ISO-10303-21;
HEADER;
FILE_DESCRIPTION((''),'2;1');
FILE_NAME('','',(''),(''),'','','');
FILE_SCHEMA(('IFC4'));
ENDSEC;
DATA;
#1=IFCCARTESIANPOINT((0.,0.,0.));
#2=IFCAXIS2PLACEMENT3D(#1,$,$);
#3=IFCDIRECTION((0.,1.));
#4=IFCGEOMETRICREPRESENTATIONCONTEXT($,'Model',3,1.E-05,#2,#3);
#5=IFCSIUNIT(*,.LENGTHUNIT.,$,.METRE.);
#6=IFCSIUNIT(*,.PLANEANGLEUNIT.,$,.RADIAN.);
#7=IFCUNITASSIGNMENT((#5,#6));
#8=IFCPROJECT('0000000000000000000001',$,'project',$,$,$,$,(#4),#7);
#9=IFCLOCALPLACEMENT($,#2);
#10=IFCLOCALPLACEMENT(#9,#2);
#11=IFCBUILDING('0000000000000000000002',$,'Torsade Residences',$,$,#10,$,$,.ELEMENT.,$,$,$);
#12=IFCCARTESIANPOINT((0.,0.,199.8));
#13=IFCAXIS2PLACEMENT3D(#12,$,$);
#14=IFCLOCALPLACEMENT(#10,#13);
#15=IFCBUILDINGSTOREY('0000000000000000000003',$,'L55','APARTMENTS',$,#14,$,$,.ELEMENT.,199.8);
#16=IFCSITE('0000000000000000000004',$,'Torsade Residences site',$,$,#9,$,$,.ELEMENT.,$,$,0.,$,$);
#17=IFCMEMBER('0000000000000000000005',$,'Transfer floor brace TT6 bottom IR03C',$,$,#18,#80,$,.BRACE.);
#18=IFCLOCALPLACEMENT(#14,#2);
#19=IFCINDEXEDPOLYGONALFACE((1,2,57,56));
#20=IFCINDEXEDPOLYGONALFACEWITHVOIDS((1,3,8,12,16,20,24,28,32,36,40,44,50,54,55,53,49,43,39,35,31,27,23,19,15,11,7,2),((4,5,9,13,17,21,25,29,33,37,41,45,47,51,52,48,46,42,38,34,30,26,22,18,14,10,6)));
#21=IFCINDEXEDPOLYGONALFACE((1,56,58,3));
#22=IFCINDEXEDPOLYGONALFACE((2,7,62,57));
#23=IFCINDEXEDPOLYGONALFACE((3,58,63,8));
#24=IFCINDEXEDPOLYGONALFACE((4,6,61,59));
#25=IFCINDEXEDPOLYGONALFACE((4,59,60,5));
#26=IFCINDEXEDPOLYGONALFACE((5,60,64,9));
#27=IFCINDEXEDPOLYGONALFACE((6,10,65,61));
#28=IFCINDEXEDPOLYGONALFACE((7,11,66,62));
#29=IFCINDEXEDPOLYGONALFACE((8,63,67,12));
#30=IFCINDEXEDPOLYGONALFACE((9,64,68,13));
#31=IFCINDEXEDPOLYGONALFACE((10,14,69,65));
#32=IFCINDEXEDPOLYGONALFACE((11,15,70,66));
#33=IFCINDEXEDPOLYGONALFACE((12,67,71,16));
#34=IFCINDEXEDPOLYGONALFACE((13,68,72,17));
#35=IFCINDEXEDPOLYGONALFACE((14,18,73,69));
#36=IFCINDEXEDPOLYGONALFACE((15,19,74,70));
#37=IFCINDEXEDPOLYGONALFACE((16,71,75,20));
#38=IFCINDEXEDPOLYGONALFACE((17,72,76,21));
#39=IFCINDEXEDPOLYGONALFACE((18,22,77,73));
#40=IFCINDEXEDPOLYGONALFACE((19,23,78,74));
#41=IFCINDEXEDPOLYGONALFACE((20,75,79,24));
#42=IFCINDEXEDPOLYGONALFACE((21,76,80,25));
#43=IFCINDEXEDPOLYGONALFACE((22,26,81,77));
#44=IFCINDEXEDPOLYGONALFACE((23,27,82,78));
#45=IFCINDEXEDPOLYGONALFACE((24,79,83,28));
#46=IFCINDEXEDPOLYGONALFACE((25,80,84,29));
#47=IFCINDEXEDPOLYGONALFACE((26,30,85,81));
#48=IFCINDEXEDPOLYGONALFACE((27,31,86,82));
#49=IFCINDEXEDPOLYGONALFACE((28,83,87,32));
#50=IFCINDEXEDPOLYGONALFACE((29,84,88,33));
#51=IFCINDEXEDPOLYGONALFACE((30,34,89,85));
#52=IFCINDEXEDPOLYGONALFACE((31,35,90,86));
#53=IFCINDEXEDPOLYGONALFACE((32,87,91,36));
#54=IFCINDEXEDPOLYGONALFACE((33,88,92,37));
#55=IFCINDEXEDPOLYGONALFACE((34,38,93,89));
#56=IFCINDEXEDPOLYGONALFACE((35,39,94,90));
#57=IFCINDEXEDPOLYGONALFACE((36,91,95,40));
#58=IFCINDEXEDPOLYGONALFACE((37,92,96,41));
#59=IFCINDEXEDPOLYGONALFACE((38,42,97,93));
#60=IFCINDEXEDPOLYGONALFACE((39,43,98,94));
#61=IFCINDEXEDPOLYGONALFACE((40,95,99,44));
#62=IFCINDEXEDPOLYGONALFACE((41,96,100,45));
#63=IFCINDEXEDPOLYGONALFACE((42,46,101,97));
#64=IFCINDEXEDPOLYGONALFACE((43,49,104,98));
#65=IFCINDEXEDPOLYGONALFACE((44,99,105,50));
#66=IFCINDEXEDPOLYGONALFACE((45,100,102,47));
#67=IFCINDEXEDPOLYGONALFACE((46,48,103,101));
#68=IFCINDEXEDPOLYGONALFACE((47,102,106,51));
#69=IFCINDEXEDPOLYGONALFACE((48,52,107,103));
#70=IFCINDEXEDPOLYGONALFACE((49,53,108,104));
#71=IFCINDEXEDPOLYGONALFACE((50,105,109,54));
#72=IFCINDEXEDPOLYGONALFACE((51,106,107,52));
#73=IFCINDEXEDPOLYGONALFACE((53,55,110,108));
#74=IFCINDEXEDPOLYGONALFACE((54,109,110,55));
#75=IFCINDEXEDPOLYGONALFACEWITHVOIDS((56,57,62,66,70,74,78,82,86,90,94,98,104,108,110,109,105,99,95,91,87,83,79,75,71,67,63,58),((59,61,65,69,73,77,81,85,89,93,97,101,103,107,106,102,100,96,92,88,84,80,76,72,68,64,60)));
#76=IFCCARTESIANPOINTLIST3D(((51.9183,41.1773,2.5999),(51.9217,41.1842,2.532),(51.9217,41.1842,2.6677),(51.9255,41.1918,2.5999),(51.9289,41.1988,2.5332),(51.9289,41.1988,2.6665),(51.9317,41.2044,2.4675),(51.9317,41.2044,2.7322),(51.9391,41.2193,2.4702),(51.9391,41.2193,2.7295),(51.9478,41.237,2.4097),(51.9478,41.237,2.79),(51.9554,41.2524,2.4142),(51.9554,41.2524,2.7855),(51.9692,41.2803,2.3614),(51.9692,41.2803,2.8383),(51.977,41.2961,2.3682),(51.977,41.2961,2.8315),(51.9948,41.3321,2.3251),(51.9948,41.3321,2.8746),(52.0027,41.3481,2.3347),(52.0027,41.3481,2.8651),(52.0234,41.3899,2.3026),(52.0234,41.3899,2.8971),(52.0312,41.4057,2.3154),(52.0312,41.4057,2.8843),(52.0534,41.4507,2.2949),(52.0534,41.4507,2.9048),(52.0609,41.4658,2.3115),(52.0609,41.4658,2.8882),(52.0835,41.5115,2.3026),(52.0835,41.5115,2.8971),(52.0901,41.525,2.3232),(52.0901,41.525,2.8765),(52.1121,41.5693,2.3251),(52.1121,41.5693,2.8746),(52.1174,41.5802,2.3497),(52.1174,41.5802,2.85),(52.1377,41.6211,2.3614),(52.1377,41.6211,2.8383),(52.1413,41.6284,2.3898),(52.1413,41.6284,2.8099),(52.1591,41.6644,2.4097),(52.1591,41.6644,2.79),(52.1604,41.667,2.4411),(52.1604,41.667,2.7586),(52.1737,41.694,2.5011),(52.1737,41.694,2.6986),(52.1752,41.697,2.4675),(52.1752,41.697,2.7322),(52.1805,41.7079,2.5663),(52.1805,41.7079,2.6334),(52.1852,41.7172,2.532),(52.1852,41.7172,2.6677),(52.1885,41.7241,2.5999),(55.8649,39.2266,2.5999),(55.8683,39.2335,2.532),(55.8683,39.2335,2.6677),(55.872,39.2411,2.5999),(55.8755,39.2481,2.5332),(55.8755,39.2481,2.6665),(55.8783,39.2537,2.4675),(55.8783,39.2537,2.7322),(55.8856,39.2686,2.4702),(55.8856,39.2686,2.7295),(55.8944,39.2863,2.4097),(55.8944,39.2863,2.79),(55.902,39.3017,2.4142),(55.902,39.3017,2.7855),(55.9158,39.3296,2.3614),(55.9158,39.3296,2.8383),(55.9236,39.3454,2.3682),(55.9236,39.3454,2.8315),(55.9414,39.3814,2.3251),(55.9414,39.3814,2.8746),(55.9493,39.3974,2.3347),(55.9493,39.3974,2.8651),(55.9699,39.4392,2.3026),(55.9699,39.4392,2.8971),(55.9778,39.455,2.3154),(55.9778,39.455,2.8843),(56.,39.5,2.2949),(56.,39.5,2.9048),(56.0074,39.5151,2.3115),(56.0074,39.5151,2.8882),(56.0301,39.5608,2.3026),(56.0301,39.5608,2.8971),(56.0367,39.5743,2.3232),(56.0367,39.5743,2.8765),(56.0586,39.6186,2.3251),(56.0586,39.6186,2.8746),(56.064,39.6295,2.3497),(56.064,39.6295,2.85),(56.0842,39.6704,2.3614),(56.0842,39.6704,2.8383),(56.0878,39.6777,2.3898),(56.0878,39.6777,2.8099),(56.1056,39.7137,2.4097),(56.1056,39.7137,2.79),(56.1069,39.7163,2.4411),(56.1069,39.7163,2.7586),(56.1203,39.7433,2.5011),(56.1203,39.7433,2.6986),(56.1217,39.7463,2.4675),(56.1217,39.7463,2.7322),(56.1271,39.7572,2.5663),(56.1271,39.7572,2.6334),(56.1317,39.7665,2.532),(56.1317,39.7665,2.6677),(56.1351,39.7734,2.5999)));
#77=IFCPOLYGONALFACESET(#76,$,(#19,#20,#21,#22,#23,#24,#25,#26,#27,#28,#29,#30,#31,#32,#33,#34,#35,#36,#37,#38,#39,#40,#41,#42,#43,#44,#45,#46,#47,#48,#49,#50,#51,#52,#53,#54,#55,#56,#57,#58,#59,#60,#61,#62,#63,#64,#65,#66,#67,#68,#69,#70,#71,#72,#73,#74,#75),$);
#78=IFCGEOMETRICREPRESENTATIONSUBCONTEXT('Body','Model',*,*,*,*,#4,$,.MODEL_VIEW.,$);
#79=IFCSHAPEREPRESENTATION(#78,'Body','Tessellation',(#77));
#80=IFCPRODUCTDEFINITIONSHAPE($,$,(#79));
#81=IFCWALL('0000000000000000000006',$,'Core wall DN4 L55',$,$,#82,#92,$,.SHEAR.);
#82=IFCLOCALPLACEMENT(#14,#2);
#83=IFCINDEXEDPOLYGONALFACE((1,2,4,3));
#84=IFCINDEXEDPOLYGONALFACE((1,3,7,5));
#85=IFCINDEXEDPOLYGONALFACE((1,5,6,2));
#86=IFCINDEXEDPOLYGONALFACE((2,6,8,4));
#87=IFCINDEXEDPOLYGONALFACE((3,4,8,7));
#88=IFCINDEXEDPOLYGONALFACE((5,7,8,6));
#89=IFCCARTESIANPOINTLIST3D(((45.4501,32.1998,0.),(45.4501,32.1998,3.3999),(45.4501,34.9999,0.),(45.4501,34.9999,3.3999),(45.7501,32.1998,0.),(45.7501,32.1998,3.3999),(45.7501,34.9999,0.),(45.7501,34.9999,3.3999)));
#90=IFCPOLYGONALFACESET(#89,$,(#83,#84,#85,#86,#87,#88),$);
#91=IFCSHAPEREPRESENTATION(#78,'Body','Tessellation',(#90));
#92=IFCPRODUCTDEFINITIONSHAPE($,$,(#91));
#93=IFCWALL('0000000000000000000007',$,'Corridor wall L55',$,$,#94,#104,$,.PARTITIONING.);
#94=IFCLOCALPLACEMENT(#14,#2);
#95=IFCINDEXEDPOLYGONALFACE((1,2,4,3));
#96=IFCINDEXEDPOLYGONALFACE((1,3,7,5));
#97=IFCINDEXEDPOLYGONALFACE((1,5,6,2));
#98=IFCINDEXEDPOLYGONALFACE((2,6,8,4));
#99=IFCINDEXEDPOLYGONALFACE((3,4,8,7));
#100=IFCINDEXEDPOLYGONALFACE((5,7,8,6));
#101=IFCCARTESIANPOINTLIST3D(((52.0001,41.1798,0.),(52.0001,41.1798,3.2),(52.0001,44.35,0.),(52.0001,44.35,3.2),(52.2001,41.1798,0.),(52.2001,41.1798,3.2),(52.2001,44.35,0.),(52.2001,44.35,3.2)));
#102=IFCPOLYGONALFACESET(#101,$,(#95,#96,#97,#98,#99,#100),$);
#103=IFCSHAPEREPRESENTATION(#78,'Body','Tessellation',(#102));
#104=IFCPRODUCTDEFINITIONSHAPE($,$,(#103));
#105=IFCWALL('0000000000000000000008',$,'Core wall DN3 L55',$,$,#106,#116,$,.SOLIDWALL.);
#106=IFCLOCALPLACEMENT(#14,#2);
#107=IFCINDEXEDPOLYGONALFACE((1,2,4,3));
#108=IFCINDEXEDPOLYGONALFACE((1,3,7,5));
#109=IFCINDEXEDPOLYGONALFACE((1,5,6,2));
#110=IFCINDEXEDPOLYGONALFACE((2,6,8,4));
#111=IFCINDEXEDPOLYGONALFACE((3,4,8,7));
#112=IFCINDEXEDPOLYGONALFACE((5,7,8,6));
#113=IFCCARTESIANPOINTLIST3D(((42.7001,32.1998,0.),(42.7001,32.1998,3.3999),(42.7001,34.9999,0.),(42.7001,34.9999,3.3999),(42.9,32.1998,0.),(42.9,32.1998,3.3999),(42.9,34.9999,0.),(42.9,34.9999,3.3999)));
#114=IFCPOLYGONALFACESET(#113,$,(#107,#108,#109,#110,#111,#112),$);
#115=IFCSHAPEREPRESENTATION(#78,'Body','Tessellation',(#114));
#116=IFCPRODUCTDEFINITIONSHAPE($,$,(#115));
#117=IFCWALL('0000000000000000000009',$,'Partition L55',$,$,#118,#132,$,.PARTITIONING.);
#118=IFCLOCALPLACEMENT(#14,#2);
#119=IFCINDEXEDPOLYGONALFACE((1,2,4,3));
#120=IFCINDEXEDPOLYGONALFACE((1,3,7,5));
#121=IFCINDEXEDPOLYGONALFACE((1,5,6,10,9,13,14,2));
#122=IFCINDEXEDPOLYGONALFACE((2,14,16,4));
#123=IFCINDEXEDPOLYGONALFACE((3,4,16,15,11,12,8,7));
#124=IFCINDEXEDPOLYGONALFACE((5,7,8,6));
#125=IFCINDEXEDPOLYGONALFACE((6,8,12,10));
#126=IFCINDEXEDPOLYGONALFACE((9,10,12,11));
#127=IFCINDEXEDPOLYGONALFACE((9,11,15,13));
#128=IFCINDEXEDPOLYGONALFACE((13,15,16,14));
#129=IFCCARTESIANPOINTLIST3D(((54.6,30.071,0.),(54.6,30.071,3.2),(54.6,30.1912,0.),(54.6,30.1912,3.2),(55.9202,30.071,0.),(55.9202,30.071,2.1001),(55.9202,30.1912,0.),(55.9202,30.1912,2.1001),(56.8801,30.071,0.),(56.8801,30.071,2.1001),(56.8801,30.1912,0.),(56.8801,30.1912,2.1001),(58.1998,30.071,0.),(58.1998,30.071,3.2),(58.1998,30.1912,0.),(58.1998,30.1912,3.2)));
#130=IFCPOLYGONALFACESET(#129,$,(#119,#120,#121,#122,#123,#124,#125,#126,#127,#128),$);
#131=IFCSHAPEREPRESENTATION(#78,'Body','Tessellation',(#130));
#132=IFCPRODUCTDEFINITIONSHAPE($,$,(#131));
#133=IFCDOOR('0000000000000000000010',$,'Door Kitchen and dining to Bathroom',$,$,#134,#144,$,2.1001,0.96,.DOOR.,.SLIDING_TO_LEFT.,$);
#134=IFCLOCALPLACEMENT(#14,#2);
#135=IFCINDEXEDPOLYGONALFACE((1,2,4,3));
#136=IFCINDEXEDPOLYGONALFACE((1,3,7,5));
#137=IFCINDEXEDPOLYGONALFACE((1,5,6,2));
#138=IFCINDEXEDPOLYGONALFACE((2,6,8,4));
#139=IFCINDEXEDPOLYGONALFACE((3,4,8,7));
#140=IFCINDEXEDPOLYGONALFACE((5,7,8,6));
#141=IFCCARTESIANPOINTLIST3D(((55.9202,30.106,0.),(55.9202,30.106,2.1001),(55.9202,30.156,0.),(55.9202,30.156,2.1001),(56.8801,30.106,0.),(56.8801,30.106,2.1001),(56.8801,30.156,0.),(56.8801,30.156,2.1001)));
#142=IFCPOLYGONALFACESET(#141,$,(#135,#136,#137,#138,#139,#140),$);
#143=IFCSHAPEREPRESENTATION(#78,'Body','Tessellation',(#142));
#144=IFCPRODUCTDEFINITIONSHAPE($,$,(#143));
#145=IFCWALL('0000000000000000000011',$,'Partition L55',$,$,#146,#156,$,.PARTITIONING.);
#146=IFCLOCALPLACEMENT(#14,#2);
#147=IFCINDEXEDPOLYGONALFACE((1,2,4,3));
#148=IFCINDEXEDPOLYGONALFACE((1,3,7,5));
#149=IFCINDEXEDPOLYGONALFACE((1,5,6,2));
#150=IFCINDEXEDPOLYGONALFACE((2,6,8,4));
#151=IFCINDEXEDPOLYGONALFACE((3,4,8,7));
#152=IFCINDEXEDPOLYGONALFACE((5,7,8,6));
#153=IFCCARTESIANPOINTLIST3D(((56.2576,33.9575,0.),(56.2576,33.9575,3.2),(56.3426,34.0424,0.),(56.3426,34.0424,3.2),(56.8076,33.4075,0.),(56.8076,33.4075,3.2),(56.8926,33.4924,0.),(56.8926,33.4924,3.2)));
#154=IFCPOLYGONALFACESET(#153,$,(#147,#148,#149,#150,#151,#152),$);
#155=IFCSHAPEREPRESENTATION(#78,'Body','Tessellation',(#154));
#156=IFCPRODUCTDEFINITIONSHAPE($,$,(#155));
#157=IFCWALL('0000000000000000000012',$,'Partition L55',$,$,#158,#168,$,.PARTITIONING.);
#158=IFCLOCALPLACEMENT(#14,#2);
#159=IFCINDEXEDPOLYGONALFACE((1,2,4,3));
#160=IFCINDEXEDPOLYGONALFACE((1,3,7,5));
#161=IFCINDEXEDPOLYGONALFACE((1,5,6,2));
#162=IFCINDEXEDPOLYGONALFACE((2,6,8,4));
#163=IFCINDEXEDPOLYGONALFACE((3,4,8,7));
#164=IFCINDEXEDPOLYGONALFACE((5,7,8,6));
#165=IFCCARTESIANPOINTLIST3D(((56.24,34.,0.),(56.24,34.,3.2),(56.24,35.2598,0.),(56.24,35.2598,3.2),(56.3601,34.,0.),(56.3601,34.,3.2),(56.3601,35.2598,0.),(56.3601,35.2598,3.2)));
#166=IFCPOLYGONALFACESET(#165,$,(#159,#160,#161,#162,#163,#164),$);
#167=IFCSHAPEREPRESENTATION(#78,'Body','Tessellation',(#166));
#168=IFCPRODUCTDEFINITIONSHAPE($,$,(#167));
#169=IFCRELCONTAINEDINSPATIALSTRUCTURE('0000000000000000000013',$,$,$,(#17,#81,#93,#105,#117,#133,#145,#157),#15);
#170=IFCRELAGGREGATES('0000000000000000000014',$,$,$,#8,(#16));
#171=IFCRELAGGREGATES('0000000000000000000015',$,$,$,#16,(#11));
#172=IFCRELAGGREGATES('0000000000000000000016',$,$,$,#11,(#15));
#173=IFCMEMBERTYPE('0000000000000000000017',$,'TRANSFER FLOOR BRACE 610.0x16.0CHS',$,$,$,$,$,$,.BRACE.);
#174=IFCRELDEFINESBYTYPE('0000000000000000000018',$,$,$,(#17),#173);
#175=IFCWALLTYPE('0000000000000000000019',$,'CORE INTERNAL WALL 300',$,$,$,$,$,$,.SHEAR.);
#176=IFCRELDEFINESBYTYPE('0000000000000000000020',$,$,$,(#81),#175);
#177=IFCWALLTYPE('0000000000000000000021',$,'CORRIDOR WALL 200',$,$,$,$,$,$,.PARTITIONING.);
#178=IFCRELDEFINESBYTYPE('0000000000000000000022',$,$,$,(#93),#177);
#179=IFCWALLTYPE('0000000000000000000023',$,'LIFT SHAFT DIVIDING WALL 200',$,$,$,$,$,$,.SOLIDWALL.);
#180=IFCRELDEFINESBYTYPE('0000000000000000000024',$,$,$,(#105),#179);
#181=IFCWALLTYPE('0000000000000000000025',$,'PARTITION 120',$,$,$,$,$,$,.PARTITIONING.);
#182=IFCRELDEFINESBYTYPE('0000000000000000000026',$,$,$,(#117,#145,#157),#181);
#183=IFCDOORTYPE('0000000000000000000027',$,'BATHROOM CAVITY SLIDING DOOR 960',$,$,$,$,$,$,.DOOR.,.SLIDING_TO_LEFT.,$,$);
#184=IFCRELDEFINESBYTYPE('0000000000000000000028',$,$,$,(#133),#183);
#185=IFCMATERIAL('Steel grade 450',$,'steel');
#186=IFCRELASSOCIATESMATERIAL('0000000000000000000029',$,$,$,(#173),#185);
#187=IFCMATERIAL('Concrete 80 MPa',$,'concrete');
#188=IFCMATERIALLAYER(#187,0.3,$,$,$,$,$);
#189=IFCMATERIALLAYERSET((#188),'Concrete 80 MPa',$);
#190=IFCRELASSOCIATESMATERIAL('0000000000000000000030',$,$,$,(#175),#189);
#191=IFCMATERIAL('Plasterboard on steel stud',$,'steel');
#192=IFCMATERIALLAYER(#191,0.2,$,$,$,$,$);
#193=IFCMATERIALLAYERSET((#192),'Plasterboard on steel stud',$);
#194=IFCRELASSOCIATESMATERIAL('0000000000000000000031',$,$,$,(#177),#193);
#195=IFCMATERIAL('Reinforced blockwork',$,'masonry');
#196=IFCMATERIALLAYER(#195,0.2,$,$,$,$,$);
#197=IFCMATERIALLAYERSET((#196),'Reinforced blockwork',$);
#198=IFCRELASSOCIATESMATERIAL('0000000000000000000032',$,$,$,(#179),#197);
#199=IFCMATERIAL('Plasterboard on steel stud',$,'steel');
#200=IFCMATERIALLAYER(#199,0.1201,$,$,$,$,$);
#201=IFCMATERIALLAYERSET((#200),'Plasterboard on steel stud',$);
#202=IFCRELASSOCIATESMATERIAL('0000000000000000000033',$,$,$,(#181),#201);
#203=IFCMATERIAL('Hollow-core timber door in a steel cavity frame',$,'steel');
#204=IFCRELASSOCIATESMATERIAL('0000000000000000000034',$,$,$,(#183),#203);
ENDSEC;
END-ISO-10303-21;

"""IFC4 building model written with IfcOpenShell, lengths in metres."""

from ifc_helpers import new_model, si_unit, direction, frame, frame_2d, origin, origin_2d, place, context, subcontext, project, spatial, rectangle, hollow_circle, extrude, material, layer, layer_set, material_profile, profile_set, type_object, element, fill, save


model = new_model("IFC4")

# Units and contexts
model_context = context("Model", 3, precision=1e-05, world=origin(), true_north=direction((0.0, 1.0)))
body_context = subcontext(model_context, "Body", "Model", "MODEL_VIEW")
ifc_project = project(units=[si_unit("LENGTHUNIT", "METRE"), si_unit("PLANEANGLEUNIT", "RADIAN")], contexts=[model_context])

# Site, building, storey
site_placement = place(None, origin())
site = spatial("IfcSite", under=ifc_project, at=site_placement, Name="Torsade Residences site", CompositionType="ELEMENT", RefElevation=0.0)
building_placement = place(site_placement, origin())
building = spatial("IfcBuilding", under=site, at=building_placement, Name="Torsade Residences", CompositionType="ELEMENT")
storey_placement = place(building_placement, frame((0.0, 0.0, 199.8)))
storey = spatial("IfcBuildingStorey", under=building, at=storey_placement, Name="L55", Description="APARTMENTS", CompositionType="ELEMENT", Elevation=199.8)

# Member
ifc_material_1 = material(Name="Steel grade 450", Category="steel")
ifc_material_profile_1 = material_profile(ifc_material_1, hollow_circle(Radius=0.3049, WallThickness=0.0161, at=origin_2d()), Name="610.0x16.0CHS")
ifc_profile_set_1 = profile_set([ifc_material_profile_1], Name="Steel grade 450")
member_type = type_object("IfcMemberType", Name="TRANSFER FLOOR BRACE 610.0x16.0CHS", PredefinedType="BRACE", material=ifc_profile_set_1)
member_1_placement = place(storey_placement, frame((56.0, 39.5, 2.5999), z_axis=(-0.89647, 0.443105, 0.0), x_axis=(-0.443105, -0.89647, 0.0)))
element("IfcMember", 1, at=member_1_placement, inside=storey, type_object=member_type, Name="Transfer floor brace TT6 bottom IR03C", PredefinedType="BRACE", context=body_context, shape_type="SweptSolid", body=[
    extrude(hollow_circle(Radius=0.3049, WallThickness=0.0161, at=origin_2d()), origin(), (0.0, 0.0, 1.0), 4.4023),
])

# Walls
ifc_material_2 = material(Name="Concrete 80 MPa", Category="concrete")
ifc_layer_1 = layer(ifc_material_2, 0.3)
ifc_layer_set_1 = layer_set([ifc_layer_1], Name="Concrete 80 MPa")
wall_type_1 = type_object("IfcWallType", Name="CORE INTERNAL WALL 300", PredefinedType="SHEAR", material=ifc_layer_set_1)
wall_1_placement = place(storey_placement, frame((45.6001, 32.2, 0.0), z_axis=(0.0, 0.0, 1.0), x_axis=(0.0, 1.0, 0.0)))
element("IfcWall", 2, at=wall_1_placement, inside=storey, type_object=wall_type_1, Name="Core wall DN4 L55", PredefinedType="SHEAR", context=body_context, shape_type="SweptSolid", body=[
    extrude(rectangle(XDim=2.8, YDim=0.3, at=frame_2d((1.3999, 0.0))), origin(), (0.0, 0.0, 1.0), 3.3999),
])
ifc_material_3 = material(Name="Plasterboard on steel stud", Category="steel")
ifc_layer_2 = layer(ifc_material_3, 0.2)
ifc_layer_set_2 = layer_set([ifc_layer_2], Name="Plasterboard on steel stud")
wall_type_2 = type_object("IfcWallType", Name="CORRIDOR WALL 200", PredefinedType="PARTITIONING", material=ifc_layer_set_2)
wall_2_placement = place(storey_placement, frame((52.1001, 41.1799, 0.0), z_axis=(0.0, 0.0, 1.0), x_axis=(0.0, 1.0, 0.0)))
element("IfcWall", 3, at=wall_2_placement, inside=storey, type_object=wall_type_2, Name="Corridor wall L55", PredefinedType="PARTITIONING", context=body_context, shape_type="SweptSolid", body=[
    extrude(rectangle(XDim=3.1702, YDim=0.2, at=frame_2d((1.585, 0.0))), origin(), (0.0, 0.0, 1.0), 3.2),
])
ifc_material_4 = material(Name="Reinforced blockwork", Category="masonry")
ifc_layer_3 = layer(ifc_material_4, 0.2)
ifc_layer_set_3 = layer_set([ifc_layer_3], Name="Reinforced blockwork")
wall_type_3 = type_object("IfcWallType", Name="LIFT SHAFT DIVIDING WALL 200", PredefinedType="SOLIDWALL", material=ifc_layer_set_3)
wall_3_placement = place(storey_placement, frame((42.8, 32.2, 0.0), z_axis=(0.0, 0.0, 1.0), x_axis=(0.0, 1.0, 0.0)))
element("IfcWall", 4, at=wall_3_placement, inside=storey, type_object=wall_type_3, Name="Core wall DN3 L55", PredefinedType="SOLIDWALL", context=body_context, shape_type="SweptSolid", body=[
    extrude(rectangle(XDim=2.8, YDim=0.2, at=frame_2d((1.3999, 0.0))), origin(), (0.0, 0.0, 1.0), 3.3999),
])

# Wall, opening, door
ifc_material_5 = material(Name="Plasterboard on steel stud", Category="steel")
ifc_layer_4 = layer(ifc_material_5, 0.1201)
ifc_layer_set_4 = layer_set([ifc_layer_4], Name="Plasterboard on steel stud")
wall_type_4 = type_object("IfcWallType", Name="PARTITION 120", PredefinedType="PARTITIONING", material=ifc_layer_set_4)
wall_4_placement = place(storey_placement, frame((54.6001, 30.1311, 0.0), z_axis=(0.0, 0.0, 1.0), x_axis=(1.0, 0.0, 0.0)))
wall_4 = element("IfcWall", 5, at=wall_4_placement, inside=storey, type_object=wall_type_4, Name="Partition L55", PredefinedType="PARTITIONING", context=body_context, shape_type="SweptSolid", body=[
    extrude(rectangle(XDim=3.5999, YDim=0.1201, at=frame_2d((1.7998, 0.0))), origin(), (0.0, 0.0, 1.0), 3.2),
])
opening_1_placement = place(wall_4_placement, frame((1.3201, 0.0, 0.0)))
opening_1 = element("IfcOpeningElement", 6, at=opening_1_placement, cuts=wall_4, PredefinedType="OPENING", context=body_context, shape_type="SweptSolid", body=[
    extrude(rectangle(XDim=0.96, YDim=2.1001, at=frame_2d((0.48, 1.05))), frame((0.0, 0.0701, 0.0), z_axis=(0.0, -1.0, 0.0), x_axis=(1.0, 0.0, 0.0)), (0.0, 0.0, 1.0), 0.1401),
])
ifc_material_6 = material(Name="Hollow-core timber door in a steel cavity frame", Category="steel")
door_type_1 = type_object("IfcDoorType", Name="BATHROOM CAVITY SLIDING DOOR 960", OperationType="SLIDING_TO_LEFT", PredefinedType="DOOR", material=ifc_material_6)
door_1_placement = place(opening_1_placement, origin())
door_1 = element("IfcDoor", 7, at=door_1_placement, inside=storey, type_object=door_type_1, Name="Door Kitchen and dining to Bathroom", OperationType="SLIDING_TO_LEFT", OverallHeight=2.1001, OverallWidth=0.96, PredefinedType="DOOR", context=body_context, shape_type="SweptSolid", body=[
    extrude(rectangle(XDim=0.96, YDim=2.1001, at=frame_2d((0.48, 1.05))), frame((0.0, 0.0249, 0.0), z_axis=(0.0, -1.0, 0.0), x_axis=(1.0, 0.0, 0.0)), (0.0, 0.0, 1.0), 0.05),
])
fill(opening_1, door_1)

# Walls
wall_5_placement = place(storey_placement, frame((56.8501, 33.45, 0.0), z_axis=(0.0, 0.0, 1.0), x_axis=(-0.707107, 0.707107, 0.0)))
element("IfcWall", 8, at=wall_5_placement, inside=storey, type_object=wall_type_4, Name="Partition L55", PredefinedType="PARTITIONING", context=body_context, shape_type="SweptSolid", body=[
    extrude(rectangle(XDim=0.7778, YDim=0.1201, at=frame_2d((0.3889, 0.0))), origin(), (0.0, 0.0, 1.0), 3.2),
])
wall_6_placement = place(storey_placement, frame((56.3, 34.0, 0.0), z_axis=(0.0, 0.0, 1.0), x_axis=(0.0, 1.0, 0.0)))
element("IfcWall", 9, at=wall_6_placement, inside=storey, type_object=wall_type_4, Name="Partition L55", PredefinedType="PARTITIONING", context=body_context, shape_type="SweptSolid", body=[
    extrude(rectangle(XDim=1.2598, YDim=0.1201, at=frame_2d((0.6299, 0.0))), origin(), (0.0, 0.0, 1.0), 3.2),
])

save(model, "model.ifc")
